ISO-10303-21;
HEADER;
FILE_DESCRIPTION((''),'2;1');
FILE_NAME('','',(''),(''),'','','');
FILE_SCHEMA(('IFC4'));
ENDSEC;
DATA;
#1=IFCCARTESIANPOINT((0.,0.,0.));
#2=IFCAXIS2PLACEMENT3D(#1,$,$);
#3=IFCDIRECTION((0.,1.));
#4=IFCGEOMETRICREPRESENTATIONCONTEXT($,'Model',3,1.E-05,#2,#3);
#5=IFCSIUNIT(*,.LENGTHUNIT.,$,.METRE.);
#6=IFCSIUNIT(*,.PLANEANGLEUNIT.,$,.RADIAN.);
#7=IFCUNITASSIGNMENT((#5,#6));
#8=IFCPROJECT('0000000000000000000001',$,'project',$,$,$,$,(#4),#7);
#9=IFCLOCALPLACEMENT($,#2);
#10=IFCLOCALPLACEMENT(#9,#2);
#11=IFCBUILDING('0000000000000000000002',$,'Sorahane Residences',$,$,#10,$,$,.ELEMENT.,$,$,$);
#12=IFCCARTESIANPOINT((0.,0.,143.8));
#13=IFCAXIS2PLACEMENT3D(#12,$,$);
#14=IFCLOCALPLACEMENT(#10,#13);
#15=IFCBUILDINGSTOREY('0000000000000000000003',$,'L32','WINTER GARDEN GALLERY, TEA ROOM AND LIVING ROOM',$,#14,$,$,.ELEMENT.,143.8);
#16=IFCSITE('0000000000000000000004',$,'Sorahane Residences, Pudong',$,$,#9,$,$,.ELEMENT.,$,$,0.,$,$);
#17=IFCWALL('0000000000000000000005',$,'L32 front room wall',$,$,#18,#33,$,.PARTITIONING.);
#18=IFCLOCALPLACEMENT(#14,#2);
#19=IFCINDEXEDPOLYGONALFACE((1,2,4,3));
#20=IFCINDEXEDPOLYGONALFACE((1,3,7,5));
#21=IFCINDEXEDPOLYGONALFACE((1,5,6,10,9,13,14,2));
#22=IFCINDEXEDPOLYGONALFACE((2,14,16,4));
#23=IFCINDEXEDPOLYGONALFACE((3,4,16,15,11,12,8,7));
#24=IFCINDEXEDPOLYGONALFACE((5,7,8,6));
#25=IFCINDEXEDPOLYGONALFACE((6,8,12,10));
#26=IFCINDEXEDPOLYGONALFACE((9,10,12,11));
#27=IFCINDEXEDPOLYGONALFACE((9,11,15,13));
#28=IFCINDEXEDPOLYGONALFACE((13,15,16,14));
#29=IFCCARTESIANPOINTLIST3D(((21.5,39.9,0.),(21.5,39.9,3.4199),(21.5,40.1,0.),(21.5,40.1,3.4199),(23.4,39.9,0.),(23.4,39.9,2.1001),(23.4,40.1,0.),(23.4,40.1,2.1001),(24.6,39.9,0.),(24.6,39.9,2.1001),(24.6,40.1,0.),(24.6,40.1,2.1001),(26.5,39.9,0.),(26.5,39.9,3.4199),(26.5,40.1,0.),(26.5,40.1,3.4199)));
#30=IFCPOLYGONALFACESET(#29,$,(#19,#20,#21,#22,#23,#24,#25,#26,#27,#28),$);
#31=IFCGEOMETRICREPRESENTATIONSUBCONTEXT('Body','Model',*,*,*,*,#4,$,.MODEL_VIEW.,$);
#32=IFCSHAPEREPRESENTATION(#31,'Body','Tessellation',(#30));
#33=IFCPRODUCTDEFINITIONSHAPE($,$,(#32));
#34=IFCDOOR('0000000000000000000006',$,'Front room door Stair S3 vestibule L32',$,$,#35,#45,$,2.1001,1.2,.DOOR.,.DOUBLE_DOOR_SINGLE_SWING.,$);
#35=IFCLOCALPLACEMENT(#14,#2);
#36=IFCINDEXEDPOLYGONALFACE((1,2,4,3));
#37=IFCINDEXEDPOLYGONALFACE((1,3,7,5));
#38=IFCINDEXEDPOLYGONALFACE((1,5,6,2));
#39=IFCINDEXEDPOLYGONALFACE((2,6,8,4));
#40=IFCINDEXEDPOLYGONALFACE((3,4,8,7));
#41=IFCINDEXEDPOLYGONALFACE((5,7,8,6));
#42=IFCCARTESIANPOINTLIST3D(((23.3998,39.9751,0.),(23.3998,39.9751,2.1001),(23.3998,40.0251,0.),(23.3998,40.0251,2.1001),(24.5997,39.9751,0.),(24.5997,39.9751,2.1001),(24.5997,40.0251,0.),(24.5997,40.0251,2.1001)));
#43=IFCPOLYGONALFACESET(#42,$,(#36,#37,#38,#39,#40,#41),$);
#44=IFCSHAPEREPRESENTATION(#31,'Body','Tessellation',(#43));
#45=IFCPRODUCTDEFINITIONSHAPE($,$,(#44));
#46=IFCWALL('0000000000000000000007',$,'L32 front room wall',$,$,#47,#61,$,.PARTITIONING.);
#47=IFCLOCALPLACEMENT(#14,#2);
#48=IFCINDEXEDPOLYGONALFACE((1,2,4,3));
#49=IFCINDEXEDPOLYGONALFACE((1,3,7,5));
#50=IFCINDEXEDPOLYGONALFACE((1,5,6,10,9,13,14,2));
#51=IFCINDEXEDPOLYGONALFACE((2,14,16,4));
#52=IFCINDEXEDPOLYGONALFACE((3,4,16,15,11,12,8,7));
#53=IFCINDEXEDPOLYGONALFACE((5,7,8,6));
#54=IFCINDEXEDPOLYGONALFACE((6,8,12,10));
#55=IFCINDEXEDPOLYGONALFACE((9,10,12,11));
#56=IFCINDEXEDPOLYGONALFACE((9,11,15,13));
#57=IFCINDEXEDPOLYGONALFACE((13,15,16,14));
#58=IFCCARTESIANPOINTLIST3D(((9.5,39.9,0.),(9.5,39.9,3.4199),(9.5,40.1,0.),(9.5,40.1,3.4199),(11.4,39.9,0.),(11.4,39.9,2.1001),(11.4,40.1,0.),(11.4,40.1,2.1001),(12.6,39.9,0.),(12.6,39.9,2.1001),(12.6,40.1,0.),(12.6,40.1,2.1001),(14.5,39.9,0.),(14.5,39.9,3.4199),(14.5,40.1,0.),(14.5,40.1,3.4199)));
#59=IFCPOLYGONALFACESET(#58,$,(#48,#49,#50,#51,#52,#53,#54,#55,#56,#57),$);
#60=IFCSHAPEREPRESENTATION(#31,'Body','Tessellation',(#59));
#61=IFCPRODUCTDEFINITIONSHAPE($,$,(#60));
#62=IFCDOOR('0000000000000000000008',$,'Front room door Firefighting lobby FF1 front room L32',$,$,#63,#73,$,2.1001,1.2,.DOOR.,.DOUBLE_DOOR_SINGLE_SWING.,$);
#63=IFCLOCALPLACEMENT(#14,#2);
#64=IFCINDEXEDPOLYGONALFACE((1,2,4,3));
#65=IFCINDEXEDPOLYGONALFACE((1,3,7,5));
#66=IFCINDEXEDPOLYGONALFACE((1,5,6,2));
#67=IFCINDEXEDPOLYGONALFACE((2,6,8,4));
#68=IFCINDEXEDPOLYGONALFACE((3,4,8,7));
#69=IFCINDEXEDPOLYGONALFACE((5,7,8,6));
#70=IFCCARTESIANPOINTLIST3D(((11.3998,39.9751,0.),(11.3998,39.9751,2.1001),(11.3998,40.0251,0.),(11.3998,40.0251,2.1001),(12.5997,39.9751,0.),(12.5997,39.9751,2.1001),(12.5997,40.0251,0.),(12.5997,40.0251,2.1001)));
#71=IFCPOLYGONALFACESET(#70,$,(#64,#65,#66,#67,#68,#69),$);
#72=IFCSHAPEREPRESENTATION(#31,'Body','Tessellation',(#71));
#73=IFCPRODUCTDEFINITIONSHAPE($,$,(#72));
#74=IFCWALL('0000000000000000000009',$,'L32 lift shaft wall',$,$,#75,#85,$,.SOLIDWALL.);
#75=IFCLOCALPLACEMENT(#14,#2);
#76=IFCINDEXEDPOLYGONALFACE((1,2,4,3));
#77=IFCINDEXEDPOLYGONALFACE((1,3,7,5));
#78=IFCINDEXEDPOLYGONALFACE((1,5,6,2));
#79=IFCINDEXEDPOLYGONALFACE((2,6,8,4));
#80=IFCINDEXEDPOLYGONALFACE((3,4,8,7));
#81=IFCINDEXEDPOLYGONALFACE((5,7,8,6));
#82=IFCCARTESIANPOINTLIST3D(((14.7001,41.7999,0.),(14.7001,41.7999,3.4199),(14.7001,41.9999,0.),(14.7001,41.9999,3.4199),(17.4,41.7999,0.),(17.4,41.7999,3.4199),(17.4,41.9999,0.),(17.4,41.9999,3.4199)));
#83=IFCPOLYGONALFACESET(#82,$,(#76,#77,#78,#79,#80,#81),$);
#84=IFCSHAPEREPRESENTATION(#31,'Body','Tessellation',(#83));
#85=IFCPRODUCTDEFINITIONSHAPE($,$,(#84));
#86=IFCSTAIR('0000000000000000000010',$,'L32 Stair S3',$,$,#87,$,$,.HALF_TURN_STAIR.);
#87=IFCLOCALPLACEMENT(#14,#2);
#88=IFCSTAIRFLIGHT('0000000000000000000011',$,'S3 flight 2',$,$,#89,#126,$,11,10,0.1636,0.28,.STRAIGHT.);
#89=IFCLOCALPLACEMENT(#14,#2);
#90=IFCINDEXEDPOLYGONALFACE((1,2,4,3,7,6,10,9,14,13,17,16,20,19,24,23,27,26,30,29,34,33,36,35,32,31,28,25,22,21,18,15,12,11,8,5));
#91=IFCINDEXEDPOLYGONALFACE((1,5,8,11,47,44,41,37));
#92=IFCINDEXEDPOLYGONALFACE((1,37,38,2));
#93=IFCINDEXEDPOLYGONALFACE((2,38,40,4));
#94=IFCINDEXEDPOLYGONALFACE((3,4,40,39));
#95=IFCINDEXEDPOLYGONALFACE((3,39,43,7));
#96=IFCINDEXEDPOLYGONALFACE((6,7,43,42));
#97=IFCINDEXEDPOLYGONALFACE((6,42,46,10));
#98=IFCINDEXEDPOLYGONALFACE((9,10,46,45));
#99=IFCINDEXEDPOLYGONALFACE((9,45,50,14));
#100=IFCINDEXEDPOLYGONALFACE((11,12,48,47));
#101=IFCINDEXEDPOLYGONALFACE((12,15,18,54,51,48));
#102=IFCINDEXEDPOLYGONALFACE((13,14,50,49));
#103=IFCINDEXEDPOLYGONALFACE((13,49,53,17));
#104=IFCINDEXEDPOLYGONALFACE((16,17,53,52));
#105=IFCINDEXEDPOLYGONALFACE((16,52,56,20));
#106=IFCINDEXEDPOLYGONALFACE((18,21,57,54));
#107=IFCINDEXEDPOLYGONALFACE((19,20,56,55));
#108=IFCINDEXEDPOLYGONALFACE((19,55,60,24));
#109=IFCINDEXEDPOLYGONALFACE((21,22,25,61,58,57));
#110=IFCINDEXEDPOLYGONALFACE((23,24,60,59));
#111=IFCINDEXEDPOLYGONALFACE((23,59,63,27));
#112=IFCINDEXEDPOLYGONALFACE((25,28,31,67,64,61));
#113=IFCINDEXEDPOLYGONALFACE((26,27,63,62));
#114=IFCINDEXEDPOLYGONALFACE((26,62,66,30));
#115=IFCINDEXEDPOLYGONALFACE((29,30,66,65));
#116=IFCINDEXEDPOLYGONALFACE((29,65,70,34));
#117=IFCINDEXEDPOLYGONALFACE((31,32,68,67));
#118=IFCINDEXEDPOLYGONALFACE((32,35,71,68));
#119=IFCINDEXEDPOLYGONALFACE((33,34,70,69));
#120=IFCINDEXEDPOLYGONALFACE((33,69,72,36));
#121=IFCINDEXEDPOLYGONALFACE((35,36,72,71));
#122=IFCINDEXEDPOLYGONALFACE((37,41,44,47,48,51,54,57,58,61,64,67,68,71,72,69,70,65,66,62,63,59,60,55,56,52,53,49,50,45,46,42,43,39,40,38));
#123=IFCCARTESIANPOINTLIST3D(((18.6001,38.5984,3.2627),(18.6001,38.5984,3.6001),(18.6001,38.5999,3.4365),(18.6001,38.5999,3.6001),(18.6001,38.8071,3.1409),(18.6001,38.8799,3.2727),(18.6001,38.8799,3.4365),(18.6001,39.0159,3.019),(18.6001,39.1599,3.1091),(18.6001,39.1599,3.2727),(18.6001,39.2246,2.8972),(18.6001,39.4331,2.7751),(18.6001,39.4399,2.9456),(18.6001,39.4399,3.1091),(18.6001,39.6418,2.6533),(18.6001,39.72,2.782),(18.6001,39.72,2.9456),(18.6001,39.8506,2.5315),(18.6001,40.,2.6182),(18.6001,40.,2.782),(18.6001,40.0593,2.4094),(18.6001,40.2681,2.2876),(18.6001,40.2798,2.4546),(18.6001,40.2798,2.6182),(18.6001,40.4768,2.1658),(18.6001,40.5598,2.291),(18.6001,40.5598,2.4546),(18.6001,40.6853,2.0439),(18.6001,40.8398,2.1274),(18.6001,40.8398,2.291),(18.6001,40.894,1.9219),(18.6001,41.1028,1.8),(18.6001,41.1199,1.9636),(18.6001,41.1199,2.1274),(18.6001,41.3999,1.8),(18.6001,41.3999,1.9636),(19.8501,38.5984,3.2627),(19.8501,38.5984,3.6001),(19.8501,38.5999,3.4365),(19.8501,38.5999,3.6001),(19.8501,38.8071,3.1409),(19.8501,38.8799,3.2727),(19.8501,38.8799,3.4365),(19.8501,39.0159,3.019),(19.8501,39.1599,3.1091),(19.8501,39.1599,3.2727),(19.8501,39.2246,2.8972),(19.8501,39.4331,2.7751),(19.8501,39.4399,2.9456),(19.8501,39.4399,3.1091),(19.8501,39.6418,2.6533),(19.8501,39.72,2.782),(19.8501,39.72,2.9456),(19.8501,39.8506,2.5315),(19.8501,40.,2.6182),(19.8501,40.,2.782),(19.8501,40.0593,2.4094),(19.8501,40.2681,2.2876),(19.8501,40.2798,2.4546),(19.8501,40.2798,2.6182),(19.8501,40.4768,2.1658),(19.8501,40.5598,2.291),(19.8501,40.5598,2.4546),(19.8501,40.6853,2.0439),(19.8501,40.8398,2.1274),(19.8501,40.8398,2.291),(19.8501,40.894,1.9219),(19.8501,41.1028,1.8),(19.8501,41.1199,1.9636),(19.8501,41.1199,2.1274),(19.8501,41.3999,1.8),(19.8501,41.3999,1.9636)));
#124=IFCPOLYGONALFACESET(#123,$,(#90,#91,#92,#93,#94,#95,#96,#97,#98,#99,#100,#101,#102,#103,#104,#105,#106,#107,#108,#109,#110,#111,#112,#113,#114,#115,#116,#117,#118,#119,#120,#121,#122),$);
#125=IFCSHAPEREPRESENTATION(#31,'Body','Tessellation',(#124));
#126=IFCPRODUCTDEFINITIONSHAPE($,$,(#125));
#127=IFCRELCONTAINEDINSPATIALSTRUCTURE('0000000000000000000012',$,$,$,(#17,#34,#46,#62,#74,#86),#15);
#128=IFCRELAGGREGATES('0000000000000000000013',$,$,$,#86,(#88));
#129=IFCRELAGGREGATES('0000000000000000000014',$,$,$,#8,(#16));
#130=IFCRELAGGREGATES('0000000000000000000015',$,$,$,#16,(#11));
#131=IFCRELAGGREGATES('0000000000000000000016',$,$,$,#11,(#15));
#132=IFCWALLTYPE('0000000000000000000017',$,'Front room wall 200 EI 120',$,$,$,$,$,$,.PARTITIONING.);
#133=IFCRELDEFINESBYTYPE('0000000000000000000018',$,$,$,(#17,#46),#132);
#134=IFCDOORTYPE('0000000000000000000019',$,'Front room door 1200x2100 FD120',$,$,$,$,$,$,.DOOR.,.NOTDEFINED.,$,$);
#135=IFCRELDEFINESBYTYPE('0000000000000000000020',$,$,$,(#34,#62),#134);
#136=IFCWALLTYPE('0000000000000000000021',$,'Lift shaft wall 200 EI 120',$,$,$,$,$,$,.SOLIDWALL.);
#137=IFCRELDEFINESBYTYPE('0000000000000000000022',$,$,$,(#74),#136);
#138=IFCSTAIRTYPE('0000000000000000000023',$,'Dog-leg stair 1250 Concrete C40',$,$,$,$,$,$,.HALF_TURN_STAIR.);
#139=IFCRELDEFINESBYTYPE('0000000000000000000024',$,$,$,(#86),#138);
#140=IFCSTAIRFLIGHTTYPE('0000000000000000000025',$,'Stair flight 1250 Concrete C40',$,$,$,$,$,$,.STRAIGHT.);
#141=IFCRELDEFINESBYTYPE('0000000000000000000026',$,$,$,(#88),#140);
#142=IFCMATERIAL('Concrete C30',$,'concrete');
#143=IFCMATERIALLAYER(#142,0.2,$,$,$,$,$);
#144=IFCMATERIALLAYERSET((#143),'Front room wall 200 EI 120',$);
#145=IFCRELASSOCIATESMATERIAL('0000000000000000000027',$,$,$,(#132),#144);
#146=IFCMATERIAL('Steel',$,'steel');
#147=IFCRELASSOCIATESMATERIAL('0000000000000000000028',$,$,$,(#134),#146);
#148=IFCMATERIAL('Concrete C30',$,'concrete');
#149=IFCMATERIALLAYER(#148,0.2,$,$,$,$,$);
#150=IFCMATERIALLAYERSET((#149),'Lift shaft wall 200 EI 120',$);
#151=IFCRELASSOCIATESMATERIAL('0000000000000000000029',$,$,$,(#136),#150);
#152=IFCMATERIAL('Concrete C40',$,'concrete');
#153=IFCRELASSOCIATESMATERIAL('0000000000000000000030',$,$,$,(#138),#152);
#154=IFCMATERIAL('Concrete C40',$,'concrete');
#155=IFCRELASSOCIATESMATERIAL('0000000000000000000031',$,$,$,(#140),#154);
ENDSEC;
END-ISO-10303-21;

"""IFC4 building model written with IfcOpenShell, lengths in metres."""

from ifc_helpers import new_model, si_unit, direction, frame, frame_2d, origin, place, context, subcontext, project, spatial, polyline, rectangle, outline, extrude, material, layer, layer_set, type_object, element, fill, aggregate, save


model = new_model("IFC4")

# Units and contexts
model_context = context("Model", 3, precision=1e-05, world=origin(), true_north=direction((0.0, 1.0)))
body_context = subcontext(model_context, "Body", "Model", "MODEL_VIEW")
ifc_project = project(units=[si_unit("LENGTHUNIT", "METRE"), si_unit("PLANEANGLEUNIT", "RADIAN")], contexts=[model_context])

# Site, building, storey
site_placement = place(None, origin())
site = spatial("IfcSite", under=ifc_project, at=site_placement, Name="Sorahane Residences, Pudong", CompositionType="ELEMENT", RefElevation=0.0)
building_placement = place(site_placement, origin())
building = spatial("IfcBuilding", under=site, at=building_placement, Name="Sorahane Residences", CompositionType="ELEMENT")
storey_placement = place(building_placement, frame((0.0, 0.0, 143.8)))
storey = spatial("IfcBuildingStorey", under=building, at=storey_placement, Name="L32", Description="WINTER GARDEN GALLERY, TEA ROOM AND LIVING ROOM", CompositionType="ELEMENT", Elevation=143.8)

# Walls, openings, doors
ifc_material_1 = material(Name="Concrete C30", Category="concrete")
ifc_layer_1 = layer(ifc_material_1, 0.2)
ifc_layer_set_1 = layer_set([ifc_layer_1], Name="Front room wall 200 EI 120")
wall_type_1 = type_object("IfcWallType", Name="Front room wall 200 EI 120", PredefinedType="PARTITIONING", material=ifc_layer_set_1)
wall_1_placement = place(storey_placement, frame((21.5, 40.0, 0.0), z_axis=(0.0, 0.0, 1.0), x_axis=(1.0, 0.0, 0.0)))
wall_1 = element("IfcWall", 1, at=wall_1_placement, inside=storey, type_object=wall_type_1, Name="L32 front room wall", PredefinedType="PARTITIONING", context=body_context, shape_type="SweptSolid", body=[
    extrude(rectangle(XDim=5.0, YDim=0.2, at=frame_2d((2.5, 0.0))), origin(), (0.0, 0.0, 1.0), 3.4199),
])
opening_1_placement = place(wall_1_placement, frame((1.8999, 0.0, 0.0)))
opening_1 = element("IfcOpeningElement", 2, at=opening_1_placement, cuts=wall_1, PredefinedType="OPENING", context=body_context, shape_type="SweptSolid", body=[
    extrude(rectangle(XDim=1.2, YDim=2.1001, at=frame_2d((0.6001, 1.05))), frame((0.0, 0.1099, 0.0), z_axis=(0.0, -1.0, 0.0), x_axis=(1.0, 0.0, 0.0)), (0.0, 0.0, 1.0), 0.22),
])
ifc_material_2 = material(Name="Steel", Category="steel")
door_type = type_object("IfcDoorType", Name="Front room door 1200x2100 FD120", OperationType="NOTDEFINED", PredefinedType="DOOR", material=ifc_material_2)
door_1_placement = place(opening_1_placement, frame((1.2, 0.0, 0.0), z_axis=(0.0, 0.0, 1.0), x_axis=(-1.0, 0.0, 0.0)))
door_1 = element("IfcDoor", 3, at=door_1_placement, inside=storey, type_object=door_type, Name="Front room door Stair S3 vestibule L32", OperationType="DOUBLE_DOOR_SINGLE_SWING", OverallHeight=2.1001, OverallWidth=1.2, PredefinedType="DOOR", context=body_context, shape_type="SweptSolid", body=[
    extrude(rectangle(XDim=1.2, YDim=2.1001, at=frame_2d((0.6001, 1.05))), frame((0.0, 0.0249, 0.0), z_axis=(0.0, -1.0, 0.0), x_axis=(1.0, 0.0, 0.0)), (0.0, 0.0, 1.0), 0.05),
])
fill(opening_1, door_1)
wall_2_placement = place(storey_placement, frame((9.5, 40.0, 0.0), z_axis=(0.0, 0.0, 1.0), x_axis=(1.0, 0.0, 0.0)))
wall_2 = element("IfcWall", 4, at=wall_2_placement, inside=storey, type_object=wall_type_1, Name="L32 front room wall", PredefinedType="PARTITIONING", context=body_context, shape_type="SweptSolid", body=[
    extrude(rectangle(XDim=5.0, YDim=0.2, at=frame_2d((2.5, 0.0))), origin(), (0.0, 0.0, 1.0), 3.4199),
])
opening_2_placement = place(wall_2_placement, frame((1.8999, 0.0, 0.0)))
opening_2 = element("IfcOpeningElement", 5, at=opening_2_placement, cuts=wall_2, PredefinedType="OPENING", context=body_context, shape_type="SweptSolid", body=[
    extrude(rectangle(XDim=1.2, YDim=2.1001, at=frame_2d((0.6001, 1.05))), frame((0.0, 0.1099, 0.0), z_axis=(0.0, -1.0, 0.0), x_axis=(1.0, 0.0, 0.0)), (0.0, 0.0, 1.0), 0.22),
])
door_2_placement = place(opening_2_placement, frame((1.2, 0.0, 0.0), z_axis=(0.0, 0.0, 1.0), x_axis=(-1.0, 0.0, 0.0)))
door_2 = element("IfcDoor", 6, at=door_2_placement, inside=storey, type_object=door_type, Name="Front room door Firefighting lobby FF1 front room L32", OperationType="DOUBLE_DOOR_SINGLE_SWING", OverallHeight=2.1001, OverallWidth=1.2, PredefinedType="DOOR", context=body_context, shape_type="SweptSolid", body=[
    extrude(rectangle(XDim=1.2, YDim=2.1001, at=frame_2d((0.6001, 1.05))), frame((0.0, 0.0249, 0.0), z_axis=(0.0, -1.0, 0.0), x_axis=(1.0, 0.0, 0.0)), (0.0, 0.0, 1.0), 0.05),
])
fill(opening_2, door_2)

# Wall
ifc_material_3 = material(Name="Concrete C30", Category="concrete")
ifc_layer_2 = layer(ifc_material_3, 0.2)
ifc_layer_set_2 = layer_set([ifc_layer_2], Name="Lift shaft wall 200 EI 120")
wall_type_2 = type_object("IfcWallType", Name="Lift shaft wall 200 EI 120", PredefinedType="SOLIDWALL", material=ifc_layer_set_2)
wall_3_placement = place(storey_placement, frame((14.7, 41.8999, 0.0), z_axis=(0.0, 0.0, 1.0), x_axis=(1.0, 0.0, 0.0)))
element("IfcWall", 7, at=wall_3_placement, inside=storey, type_object=wall_type_2, Name="L32 lift shaft wall", PredefinedType="SOLIDWALL", context=body_context, shape_type="SweptSolid", body=[
    extrude(rectangle(XDim=2.7, YDim=0.2, at=frame_2d((1.3501, 0.0))), origin(), (0.0, 0.0, 1.0), 3.4199),
])

# Stair, stair flight
ifc_material_4 = material(Name="Concrete C40", Category="concrete")
stair_type = type_object("IfcStairType", Name="Dog-leg stair 1250 Concrete C40", PredefinedType="HALF_TURN_STAIR", material=ifc_material_4)
stair_placement = place(storey_placement, origin())
stair = element("IfcStair", 8, at=stair_placement, inside=storey, type_object=stair_type, Name="L32 Stair S3", PredefinedType="HALF_TURN_STAIR")
ifc_material_5 = material(Name="Concrete C40", Category="concrete")
stair_flight_type = type_object("IfcStairFlightType", Name="Stair flight 1250 Concrete C40", PredefinedType="STRAIGHT", material=ifc_material_5)
stair_flight_placement = place(storey_placement, frame((19.2251, 41.3999, 1.8), z_axis=(0.0, 0.0, 1.0), x_axis=(0.0, -1.0, 0.0)))
stair_flight = element("IfcStairFlight", 9, at=stair_flight_placement, type_object=stair_flight_type, Name="S3 flight 2", NumberOfRisers=11, NumberOfTreads=10, PredefinedType="STRAIGHT", RiserHeight=0.1636, TreadLength=0.28, context=body_context, shape_type="SweptSolid", body=[
    extrude(outline(polyline([(0.0, 0.0), (0.0, 0.1636), (0.28, 0.1636), (0.28, 0.3274), (0.5601, 0.3274), (0.5601, 0.491), (0.8401, 0.491), (0.8401, 0.6545), (1.1201, 0.6545), (1.1201, 0.8181), (1.3999, 0.8181), (1.3999, 0.9819), (1.6799, 0.9819), (1.6799, 1.1455), (1.96, 1.1455), (1.96, 1.3091), (2.24, 1.3091), (2.24, 1.4727), (2.52, 1.4727), (2.52, 1.6365), (2.8, 1.6365), (2.8, 1.8), (2.8015, 1.8), (2.8015, 1.4626), (2.5928, 1.3408), (2.384, 1.219), (2.1753, 1.0972), (1.9668, 0.9751), (1.7581, 0.8533), (1.5493, 0.7314), (1.3406, 0.6094), (1.1318, 0.4875), (0.9231, 0.3657), (0.7146, 0.2439), (0.5059, 0.1218), (0.2971, 0.0), (0.0, 0.0)])), frame((0.0, 0.625, 0.0), z_axis=(0.0, -1.0, 0.0), x_axis=(1.0, 0.0, 0.0)), (0.0, 0.0, 1.0), 1.25),
])
aggregate(stair, [stair_flight])

save(model, "model.ifc")
